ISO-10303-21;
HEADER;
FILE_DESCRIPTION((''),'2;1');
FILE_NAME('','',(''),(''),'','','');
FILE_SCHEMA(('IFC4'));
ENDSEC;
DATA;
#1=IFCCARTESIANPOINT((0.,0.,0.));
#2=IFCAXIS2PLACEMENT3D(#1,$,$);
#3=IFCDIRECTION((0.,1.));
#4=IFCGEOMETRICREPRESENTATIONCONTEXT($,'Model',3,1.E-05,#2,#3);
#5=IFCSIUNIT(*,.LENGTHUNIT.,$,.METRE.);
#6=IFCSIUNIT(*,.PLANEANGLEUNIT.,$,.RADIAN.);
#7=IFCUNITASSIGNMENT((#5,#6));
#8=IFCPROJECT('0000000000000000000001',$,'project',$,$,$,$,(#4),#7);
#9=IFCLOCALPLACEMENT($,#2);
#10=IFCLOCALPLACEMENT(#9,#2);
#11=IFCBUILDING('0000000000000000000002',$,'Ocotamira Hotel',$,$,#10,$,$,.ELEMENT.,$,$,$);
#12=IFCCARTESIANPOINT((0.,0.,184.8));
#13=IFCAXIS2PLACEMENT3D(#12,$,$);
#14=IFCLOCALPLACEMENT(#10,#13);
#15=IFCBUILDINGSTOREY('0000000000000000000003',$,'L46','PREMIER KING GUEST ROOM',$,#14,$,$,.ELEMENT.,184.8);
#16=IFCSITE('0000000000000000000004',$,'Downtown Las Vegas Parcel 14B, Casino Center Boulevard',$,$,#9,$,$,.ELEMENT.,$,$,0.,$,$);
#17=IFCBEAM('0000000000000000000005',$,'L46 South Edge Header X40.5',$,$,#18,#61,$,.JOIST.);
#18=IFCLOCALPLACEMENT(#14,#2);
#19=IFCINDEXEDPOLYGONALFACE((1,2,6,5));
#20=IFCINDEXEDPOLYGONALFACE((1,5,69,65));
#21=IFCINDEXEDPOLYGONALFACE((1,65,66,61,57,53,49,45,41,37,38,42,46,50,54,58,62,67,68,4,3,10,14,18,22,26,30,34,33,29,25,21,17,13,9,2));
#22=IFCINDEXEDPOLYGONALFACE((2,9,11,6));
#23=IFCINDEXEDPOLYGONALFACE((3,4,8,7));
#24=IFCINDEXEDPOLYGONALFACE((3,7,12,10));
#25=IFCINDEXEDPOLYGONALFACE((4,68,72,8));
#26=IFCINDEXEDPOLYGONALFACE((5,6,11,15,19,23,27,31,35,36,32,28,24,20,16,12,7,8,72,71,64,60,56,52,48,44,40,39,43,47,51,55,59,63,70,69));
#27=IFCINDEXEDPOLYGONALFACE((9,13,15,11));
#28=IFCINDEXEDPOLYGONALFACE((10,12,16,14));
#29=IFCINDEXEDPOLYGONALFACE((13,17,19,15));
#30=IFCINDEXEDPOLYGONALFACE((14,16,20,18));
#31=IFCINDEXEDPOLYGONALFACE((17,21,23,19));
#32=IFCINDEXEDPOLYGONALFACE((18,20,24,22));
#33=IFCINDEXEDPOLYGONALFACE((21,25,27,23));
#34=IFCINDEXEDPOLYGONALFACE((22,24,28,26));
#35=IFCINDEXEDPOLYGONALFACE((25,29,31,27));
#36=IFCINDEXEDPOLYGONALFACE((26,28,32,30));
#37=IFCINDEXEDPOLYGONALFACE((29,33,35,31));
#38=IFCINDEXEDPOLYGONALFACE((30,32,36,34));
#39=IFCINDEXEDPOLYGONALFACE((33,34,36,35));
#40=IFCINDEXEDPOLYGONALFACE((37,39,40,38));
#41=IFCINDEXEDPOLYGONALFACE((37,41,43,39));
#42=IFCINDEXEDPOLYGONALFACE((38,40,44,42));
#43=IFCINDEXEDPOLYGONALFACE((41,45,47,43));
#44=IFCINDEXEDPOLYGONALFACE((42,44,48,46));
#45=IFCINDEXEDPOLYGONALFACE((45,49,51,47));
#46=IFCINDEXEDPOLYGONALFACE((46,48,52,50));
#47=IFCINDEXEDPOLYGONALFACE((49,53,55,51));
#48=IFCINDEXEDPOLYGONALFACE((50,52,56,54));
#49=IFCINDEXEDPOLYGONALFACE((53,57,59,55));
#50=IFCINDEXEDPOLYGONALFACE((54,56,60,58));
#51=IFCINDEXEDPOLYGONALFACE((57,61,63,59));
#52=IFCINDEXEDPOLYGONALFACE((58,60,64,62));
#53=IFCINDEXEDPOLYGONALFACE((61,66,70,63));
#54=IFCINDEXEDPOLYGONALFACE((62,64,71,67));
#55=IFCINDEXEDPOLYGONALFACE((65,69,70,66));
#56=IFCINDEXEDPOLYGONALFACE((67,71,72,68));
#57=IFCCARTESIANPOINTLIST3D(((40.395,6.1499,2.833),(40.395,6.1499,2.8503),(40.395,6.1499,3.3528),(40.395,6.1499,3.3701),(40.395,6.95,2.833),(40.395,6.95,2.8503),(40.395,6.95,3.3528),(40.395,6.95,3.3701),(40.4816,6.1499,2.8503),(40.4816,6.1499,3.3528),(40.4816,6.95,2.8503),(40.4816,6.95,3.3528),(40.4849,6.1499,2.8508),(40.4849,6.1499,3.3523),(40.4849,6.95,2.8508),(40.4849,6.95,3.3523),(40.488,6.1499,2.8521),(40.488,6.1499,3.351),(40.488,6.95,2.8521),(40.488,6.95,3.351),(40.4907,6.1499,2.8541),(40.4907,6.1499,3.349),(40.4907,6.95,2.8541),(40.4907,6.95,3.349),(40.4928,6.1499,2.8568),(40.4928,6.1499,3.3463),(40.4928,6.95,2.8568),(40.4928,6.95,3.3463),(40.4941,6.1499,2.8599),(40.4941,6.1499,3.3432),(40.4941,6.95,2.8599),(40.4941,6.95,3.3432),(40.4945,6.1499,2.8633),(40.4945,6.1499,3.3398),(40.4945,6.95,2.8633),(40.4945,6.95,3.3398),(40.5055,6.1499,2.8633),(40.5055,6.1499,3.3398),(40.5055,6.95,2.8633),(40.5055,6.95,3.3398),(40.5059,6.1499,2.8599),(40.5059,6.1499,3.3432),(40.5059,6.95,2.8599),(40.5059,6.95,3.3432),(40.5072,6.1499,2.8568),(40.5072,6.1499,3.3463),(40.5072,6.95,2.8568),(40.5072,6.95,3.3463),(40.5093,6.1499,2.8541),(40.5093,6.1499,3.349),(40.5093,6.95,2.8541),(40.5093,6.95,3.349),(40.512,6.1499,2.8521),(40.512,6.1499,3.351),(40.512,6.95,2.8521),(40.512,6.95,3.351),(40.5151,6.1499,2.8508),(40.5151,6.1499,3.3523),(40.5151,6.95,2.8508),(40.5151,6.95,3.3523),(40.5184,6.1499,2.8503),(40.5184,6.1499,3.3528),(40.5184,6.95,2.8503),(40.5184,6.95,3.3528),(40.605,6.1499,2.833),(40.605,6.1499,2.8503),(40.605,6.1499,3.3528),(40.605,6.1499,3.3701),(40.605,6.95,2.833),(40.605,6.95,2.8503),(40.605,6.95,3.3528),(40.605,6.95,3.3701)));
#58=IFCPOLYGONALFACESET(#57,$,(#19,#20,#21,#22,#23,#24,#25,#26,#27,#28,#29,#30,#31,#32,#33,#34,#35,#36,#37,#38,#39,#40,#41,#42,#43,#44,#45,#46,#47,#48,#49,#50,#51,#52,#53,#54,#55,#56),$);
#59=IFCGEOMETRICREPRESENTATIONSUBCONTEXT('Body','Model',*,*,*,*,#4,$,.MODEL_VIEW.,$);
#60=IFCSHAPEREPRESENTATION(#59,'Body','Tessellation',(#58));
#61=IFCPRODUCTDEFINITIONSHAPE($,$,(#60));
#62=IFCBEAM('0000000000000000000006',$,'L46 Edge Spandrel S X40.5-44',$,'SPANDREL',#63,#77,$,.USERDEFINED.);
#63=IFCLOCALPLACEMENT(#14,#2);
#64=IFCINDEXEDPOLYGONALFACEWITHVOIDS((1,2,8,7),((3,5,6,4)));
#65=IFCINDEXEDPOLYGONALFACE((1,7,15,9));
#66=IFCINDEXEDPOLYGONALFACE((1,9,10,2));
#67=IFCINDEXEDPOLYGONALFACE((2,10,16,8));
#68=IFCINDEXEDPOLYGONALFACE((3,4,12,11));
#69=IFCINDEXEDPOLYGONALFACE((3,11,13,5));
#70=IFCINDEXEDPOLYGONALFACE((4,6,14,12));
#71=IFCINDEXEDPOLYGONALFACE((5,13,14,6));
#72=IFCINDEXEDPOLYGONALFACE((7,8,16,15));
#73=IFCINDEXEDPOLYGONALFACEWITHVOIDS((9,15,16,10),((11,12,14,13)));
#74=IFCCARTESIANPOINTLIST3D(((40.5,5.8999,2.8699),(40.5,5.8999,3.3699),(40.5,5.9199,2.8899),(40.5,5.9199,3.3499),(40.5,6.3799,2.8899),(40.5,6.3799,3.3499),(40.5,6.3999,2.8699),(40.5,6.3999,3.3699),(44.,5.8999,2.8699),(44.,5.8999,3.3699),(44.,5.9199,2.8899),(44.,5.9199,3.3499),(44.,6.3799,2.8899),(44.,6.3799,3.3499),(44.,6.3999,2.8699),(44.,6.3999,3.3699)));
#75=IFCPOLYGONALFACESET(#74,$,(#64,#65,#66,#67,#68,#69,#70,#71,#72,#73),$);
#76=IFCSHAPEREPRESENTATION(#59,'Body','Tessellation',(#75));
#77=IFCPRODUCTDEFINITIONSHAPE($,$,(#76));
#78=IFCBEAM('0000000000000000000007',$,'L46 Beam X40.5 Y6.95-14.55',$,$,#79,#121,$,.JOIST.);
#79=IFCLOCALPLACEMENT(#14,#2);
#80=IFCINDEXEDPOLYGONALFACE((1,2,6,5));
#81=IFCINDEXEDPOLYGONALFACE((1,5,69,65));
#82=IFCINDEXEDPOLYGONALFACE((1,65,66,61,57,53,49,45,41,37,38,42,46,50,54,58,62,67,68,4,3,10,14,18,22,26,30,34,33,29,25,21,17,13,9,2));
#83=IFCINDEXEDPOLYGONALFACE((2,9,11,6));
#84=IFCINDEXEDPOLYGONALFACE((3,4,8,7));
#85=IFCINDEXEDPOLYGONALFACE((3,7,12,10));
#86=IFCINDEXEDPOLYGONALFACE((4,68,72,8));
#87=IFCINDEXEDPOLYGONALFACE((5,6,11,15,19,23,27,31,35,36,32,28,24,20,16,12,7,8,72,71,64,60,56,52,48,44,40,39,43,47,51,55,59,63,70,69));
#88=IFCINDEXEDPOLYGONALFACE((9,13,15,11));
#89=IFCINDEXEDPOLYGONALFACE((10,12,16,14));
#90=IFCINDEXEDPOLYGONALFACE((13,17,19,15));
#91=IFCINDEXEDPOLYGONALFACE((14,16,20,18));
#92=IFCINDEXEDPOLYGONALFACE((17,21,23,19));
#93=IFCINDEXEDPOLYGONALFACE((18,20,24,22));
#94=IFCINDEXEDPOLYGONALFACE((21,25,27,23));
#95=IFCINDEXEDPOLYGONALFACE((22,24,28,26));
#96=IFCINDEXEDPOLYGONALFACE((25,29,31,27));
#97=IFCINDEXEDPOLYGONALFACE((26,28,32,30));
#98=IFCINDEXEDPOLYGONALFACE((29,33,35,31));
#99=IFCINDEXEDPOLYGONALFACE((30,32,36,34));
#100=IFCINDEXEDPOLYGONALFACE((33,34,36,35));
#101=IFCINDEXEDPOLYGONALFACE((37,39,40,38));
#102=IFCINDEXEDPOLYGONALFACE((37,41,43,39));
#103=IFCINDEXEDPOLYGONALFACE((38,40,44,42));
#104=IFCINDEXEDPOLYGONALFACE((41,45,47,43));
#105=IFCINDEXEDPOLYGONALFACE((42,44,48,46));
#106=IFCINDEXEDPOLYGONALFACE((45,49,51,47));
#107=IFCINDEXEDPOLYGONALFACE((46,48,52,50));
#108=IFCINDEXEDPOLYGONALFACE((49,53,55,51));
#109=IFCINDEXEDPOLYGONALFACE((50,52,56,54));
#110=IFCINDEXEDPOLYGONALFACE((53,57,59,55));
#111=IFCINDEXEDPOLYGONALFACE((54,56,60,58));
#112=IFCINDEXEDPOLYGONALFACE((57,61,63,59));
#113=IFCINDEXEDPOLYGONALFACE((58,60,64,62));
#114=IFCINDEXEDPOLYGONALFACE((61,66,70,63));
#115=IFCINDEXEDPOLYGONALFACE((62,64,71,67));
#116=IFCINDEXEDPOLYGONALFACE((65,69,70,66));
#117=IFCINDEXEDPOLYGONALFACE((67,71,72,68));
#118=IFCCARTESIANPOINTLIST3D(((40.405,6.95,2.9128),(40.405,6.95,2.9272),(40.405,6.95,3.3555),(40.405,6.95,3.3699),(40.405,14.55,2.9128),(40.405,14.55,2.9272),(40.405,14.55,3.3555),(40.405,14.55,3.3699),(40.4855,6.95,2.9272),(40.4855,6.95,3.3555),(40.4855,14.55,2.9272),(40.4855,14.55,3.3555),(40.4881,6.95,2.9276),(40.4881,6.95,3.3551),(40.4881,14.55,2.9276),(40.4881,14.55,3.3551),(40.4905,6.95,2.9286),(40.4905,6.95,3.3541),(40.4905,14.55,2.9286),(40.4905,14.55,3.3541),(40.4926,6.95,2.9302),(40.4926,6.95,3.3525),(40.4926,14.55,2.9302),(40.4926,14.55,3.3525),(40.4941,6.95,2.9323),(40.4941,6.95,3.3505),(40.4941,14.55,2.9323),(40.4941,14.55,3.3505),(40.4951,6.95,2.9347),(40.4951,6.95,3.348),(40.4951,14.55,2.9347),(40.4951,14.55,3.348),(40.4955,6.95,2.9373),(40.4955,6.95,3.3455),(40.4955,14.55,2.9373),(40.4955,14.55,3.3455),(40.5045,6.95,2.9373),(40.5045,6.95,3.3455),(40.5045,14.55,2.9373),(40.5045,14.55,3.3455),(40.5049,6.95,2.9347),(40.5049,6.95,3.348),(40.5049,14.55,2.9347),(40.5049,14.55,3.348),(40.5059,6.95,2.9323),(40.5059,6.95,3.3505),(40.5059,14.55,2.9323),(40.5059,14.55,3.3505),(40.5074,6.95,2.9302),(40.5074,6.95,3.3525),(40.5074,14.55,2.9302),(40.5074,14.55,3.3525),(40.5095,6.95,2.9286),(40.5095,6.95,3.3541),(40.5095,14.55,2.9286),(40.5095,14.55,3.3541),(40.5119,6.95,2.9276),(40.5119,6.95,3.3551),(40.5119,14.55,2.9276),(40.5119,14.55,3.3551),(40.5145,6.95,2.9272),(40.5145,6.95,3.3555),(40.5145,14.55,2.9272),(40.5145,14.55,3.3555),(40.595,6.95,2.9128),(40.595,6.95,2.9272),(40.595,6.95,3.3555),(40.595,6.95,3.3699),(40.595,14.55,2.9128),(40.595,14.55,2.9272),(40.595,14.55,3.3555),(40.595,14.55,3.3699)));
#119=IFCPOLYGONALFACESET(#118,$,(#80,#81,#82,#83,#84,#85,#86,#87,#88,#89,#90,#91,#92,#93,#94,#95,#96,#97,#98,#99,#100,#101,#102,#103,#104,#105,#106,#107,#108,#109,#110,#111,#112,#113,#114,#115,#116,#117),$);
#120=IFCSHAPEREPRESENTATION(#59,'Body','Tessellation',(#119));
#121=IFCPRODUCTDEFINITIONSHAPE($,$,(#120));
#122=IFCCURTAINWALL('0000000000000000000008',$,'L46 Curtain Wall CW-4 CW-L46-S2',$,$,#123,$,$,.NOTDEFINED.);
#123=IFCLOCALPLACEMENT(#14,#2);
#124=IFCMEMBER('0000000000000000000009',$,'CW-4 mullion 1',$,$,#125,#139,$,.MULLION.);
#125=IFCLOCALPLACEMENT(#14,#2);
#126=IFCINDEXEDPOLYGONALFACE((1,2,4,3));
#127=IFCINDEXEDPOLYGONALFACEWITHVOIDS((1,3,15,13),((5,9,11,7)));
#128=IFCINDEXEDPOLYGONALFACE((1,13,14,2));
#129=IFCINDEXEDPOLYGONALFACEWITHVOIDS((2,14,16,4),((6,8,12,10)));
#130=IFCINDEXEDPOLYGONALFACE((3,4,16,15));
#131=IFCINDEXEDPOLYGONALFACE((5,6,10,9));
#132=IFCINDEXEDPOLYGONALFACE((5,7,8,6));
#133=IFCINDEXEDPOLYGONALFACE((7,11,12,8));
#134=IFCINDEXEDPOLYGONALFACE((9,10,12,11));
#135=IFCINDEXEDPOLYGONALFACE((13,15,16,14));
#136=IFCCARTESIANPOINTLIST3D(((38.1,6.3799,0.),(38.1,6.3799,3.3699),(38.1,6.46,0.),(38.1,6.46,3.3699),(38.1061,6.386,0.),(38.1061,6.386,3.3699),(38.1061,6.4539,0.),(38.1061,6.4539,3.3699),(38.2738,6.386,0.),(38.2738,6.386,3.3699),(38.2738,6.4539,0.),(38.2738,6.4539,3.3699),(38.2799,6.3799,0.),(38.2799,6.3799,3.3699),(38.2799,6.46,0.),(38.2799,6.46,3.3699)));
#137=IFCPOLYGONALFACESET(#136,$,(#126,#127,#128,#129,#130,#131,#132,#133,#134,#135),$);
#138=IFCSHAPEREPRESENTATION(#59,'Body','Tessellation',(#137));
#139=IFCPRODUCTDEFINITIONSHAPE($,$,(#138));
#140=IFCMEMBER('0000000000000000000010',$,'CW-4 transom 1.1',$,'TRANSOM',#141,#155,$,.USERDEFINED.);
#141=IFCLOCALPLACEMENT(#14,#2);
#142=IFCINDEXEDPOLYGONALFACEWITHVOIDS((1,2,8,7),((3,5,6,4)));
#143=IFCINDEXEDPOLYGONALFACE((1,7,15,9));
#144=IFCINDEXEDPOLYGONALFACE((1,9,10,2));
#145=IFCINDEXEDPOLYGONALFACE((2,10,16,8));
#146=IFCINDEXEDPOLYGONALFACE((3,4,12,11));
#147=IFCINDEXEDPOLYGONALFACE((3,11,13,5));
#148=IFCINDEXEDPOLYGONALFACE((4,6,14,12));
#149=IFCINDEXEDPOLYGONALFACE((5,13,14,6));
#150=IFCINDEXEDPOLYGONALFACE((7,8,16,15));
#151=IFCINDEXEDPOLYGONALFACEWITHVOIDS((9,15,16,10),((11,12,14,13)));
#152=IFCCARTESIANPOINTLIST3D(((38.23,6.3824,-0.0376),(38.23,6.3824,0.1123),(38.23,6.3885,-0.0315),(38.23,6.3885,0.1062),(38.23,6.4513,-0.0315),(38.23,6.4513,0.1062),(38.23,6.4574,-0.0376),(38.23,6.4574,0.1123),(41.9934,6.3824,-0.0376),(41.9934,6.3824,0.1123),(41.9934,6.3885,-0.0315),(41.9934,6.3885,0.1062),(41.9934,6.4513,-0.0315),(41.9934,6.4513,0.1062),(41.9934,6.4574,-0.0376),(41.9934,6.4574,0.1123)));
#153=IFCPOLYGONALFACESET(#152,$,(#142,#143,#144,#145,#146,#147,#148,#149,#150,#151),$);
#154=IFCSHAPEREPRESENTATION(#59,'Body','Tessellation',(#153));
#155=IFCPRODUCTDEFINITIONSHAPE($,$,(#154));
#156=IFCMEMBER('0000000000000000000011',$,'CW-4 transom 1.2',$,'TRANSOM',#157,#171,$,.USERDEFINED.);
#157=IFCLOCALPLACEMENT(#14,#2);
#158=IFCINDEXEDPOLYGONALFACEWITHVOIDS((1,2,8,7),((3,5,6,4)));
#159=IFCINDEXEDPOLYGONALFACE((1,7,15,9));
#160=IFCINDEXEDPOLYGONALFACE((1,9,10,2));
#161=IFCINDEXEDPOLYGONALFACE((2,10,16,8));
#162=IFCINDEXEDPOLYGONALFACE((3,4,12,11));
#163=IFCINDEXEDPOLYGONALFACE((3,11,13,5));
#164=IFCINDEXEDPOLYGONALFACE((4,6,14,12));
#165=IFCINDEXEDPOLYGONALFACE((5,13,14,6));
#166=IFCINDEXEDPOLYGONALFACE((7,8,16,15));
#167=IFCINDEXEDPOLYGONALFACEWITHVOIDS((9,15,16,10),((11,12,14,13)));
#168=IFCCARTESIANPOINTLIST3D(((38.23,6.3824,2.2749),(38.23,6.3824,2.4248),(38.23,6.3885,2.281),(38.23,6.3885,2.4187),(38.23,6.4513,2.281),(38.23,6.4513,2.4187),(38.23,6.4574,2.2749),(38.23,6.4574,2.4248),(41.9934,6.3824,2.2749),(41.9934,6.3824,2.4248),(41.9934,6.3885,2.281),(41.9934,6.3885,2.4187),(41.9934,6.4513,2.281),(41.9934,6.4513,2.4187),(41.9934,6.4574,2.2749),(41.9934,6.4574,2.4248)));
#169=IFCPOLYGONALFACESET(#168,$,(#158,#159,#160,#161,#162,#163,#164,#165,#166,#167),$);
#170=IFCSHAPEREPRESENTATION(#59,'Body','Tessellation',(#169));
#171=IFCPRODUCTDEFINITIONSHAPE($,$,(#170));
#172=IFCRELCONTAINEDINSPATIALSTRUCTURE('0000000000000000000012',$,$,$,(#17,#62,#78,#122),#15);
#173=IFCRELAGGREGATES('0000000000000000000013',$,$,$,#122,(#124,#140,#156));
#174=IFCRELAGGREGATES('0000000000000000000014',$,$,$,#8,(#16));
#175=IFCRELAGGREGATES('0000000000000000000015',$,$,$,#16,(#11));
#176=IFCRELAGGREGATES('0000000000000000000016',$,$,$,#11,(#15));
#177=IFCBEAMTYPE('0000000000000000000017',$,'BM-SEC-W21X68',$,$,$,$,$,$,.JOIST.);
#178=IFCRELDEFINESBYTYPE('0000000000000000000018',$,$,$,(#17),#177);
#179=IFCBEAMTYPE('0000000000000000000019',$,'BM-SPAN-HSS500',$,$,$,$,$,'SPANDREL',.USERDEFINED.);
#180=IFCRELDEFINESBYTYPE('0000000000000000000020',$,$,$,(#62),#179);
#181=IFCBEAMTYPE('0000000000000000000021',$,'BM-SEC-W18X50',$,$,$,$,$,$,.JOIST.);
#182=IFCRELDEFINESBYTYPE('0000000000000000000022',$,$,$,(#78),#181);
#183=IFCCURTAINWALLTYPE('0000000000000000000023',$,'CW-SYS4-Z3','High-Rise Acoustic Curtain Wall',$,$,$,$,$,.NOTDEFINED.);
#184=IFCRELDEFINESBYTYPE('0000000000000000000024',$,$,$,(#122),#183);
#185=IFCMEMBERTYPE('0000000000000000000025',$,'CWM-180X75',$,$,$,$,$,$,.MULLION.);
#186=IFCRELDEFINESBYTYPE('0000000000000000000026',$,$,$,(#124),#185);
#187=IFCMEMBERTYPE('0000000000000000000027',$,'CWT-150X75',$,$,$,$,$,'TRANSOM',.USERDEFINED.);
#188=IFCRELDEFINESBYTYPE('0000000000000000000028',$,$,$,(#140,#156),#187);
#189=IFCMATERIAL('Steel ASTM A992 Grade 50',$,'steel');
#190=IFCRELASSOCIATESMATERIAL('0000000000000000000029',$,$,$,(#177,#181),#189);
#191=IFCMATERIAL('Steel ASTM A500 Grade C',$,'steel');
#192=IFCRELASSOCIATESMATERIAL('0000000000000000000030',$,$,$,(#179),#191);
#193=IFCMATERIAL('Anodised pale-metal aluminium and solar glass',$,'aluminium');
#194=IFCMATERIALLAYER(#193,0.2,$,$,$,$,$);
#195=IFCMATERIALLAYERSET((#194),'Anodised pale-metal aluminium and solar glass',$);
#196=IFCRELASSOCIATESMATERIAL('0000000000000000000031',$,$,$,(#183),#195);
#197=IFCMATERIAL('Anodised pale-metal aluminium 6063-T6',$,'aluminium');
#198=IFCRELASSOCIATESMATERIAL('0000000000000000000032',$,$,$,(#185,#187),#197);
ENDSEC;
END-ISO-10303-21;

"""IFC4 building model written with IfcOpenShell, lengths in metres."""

from ifc_helpers import new_model, si_unit, direction, frame, origin, origin_2d, place, context, subcontext, project, spatial, hollow_rectangle, i_section, extrude, source, transform, mapped, material, layer, layer_set, material_profile, profile_set, type_object, element, aggregate, save


model = new_model("IFC4")

# Units and contexts
model_context = context("Model", 3, precision=1e-05, world=origin(), true_north=direction((0.0, 1.0)))
body_context = subcontext(model_context, "Body", "Model", "MODEL_VIEW")
ifc_project = project(units=[si_unit("LENGTHUNIT", "METRE"), si_unit("PLANEANGLEUNIT", "RADIAN")], contexts=[model_context])

# Site, building, storey
site_placement = place(None, origin())
site = spatial("IfcSite", under=ifc_project, at=site_placement, Name="Downtown Las Vegas Parcel 14B, Casino Center Boulevard", CompositionType="ELEMENT", RefElevation=0.0)
building_placement = place(site_placement, origin())
building = spatial("IfcBuilding", under=site, at=building_placement, Name="Ocotamira Hotel", CompositionType="ELEMENT")
storey_placement = place(building_placement, frame((0.0, 0.0, 184.8)))
storey = spatial("IfcBuildingStorey", under=building, at=storey_placement, Name="L46", Description="PREMIER KING GUEST ROOM", CompositionType="ELEMENT", Elevation=184.8)

# Beams
ifc_material_1 = material(Name="Steel ASTM A992 Grade 50", Category="steel")
ifc_material_profile_1 = material_profile(ifc_material_1, i_section(OverallWidth=0.21, OverallDepth=0.5371, WebThickness=0.011, FlangeThickness=0.0173, FilletRadius=0.0129, at=origin_2d()), Name="W21X68")
ifc_profile_set_1 = profile_set([ifc_material_profile_1], Name="Steel ASTM A992 Grade 50")
beam_type_1 = type_object("IfcBeamType", Name="BM-SEC-W21X68", PredefinedType="JOIST", material=ifc_profile_set_1)
shared_shape_1 = source(origin(), body_context, "Body", "SweptSolid", [
    extrude(i_section(OverallWidth=0.21, OverallDepth=0.5371, WebThickness=0.011, FlangeThickness=0.0173, FilletRadius=0.0129, at=origin_2d()), origin(), (0.0, 0.0, 1.0), 0.8),
])
beam_1_placement = place(storey_placement, frame((40.5, 6.95, 3.1016), z_axis=(0.0, -1.0, 0.0), x_axis=(1.0, 0.0, 0.0)))
element("IfcBeam", 1, at=beam_1_placement, inside=storey, type_object=beam_type_1, Name="L46 South Edge Header X40.5", PredefinedType="JOIST", context=body_context, shape_type="MappedRepresentation", body=[
    mapped(shared_shape_1, transform((0.0, 0.0, 0.0), scale=1.0)),
])
ifc_material_2 = material(Name="Steel ASTM A500 Grade C", Category="steel")
ifc_material_profile_2 = material_profile(ifc_material_2, hollow_rectangle(XDim=0.5, YDim=0.5, WallThickness=0.02, at=origin_2d()), Name="HSS500X500X20")
ifc_profile_set_2 = profile_set([ifc_material_profile_2], Name="Steel ASTM A500 Grade C")
beam_type_2 = type_object("IfcBeamType", Name="BM-SPAN-HSS500", ElementType="SPANDREL", PredefinedType="USERDEFINED", material=ifc_profile_set_2)
shared_shape_2 = source(origin(), body_context, "Body", "SweptSolid", [
    extrude(hollow_rectangle(XDim=0.5, YDim=0.5, WallThickness=0.02, at=origin_2d()), origin(), (0.0, 0.0, 1.0), 3.5),
])
beam_2_placement = place(storey_placement, frame((40.5, 6.1499, 3.1199), z_axis=(1.0, 0.0, 0.0), x_axis=(0.0, 1.0, 0.0)))
element("IfcBeam", 2, at=beam_2_placement, inside=storey, type_object=beam_type_2, Name="L46 Edge Spandrel S X40.5-44", ObjectType="SPANDREL", PredefinedType="USERDEFINED", context=body_context, shape_type="MappedRepresentation", body=[
    mapped(shared_shape_2, transform((0.0, 0.0, 0.0), scale=1.0)),
])
ifc_material_profile_3 = material_profile(ifc_material_1, i_section(OverallWidth=0.1899, OverallDepth=0.457, WebThickness=0.009, FlangeThickness=0.0144, FilletRadius=0.01, at=origin_2d()), Name="W18X50")
ifc_profile_set_3 = profile_set([ifc_material_profile_3], Name="Steel ASTM A992 Grade 50")
beam_type_3 = type_object("IfcBeamType", Name="BM-SEC-W18X50", PredefinedType="JOIST", material=ifc_profile_set_3)
shared_shape_3 = source(origin(), body_context, "Body", "SweptSolid", [
    extrude(i_section(OverallWidth=0.1899, OverallDepth=0.457, WebThickness=0.009, FlangeThickness=0.0144, FilletRadius=0.01, at=origin_2d()), origin(), (0.0, 0.0, 1.0), 7.6001),
])
beam_3_placement = place(storey_placement, frame((40.5, 6.95, 3.1414), z_axis=(0.0, 1.0, 0.0), x_axis=(-1.0, 0.0, 0.0)))
element("IfcBeam", 3, at=beam_3_placement, inside=storey, type_object=beam_type_3, Name="L46 Beam X40.5 Y6.95-14.55", PredefinedType="JOIST", context=body_context, shape_type="MappedRepresentation", body=[
    mapped(shared_shape_3, transform((0.0, 0.0, 0.0), scale=1.0)),
])

# Curtain wall, members
ifc_material_3 = material(Name="Anodised pale-metal aluminium and solar glass", Category="aluminium")
ifc_layer_1 = layer(ifc_material_3, 0.2)
ifc_layer_set_1 = layer_set([ifc_layer_1], Name="Anodised pale-metal aluminium and solar glass")
curtain_wall_type = type_object("IfcCurtainWallType", Name="CW-SYS4-Z3", Description="High-Rise Acoustic Curtain Wall", PredefinedType="NOTDEFINED", material=ifc_layer_set_1)
curtain_wall_placement = place(storey_placement, origin())
curtain_wall = element("IfcCurtainWall", 4, at=curtain_wall_placement, inside=storey, type_object=curtain_wall_type, Name="L46 Curtain Wall CW-4 CW-L46-S2", PredefinedType="NOTDEFINED")
ifc_material_4 = material(Name="Anodised pale-metal aluminium 6063-T6", Category="aluminium")
ifc_material_profile_4 = material_profile(ifc_material_4, hollow_rectangle(XDim=0.0801, YDim=0.1799, WallThickness=0.0061, at=origin_2d()), Name="HSS180X80X6")
ifc_profile_set_4 = profile_set([ifc_material_profile_4], Name="Anodised pale-metal aluminium 6063-T6")
member_type_1 = type_object("IfcMemberType", Name="CWM-180X75", PredefinedType="MULLION", material=ifc_profile_set_4)
shared_shape_4 = source(origin(), body_context, "Body", "SweptSolid", [
    extrude(hollow_rectangle(XDim=0.0801, YDim=0.1799, WallThickness=0.0061, at=origin_2d()), origin(), (0.0, 0.0, 1.0), 3.3699),
])
member_1_placement = place(storey_placement, frame((38.1899, 6.4199, 0.0), z_axis=(0.0, 0.0, 1.0), x_axis=(0.0, 1.0, 0.0)))
member_1 = element("IfcMember", 5, at=member_1_placement, type_object=member_type_1, Name="CW-4 mullion 1", PredefinedType="MULLION", context=body_context, shape_type="MappedRepresentation", body=[
    mapped(shared_shape_4, transform((0.0, 0.0, 0.0), scale=1.0)),
])
ifc_material_profile_5 = material_profile(ifc_material_4, hollow_rectangle(XDim=0.075, YDim=0.1499, WallThickness=0.0061, at=origin_2d()), Name="HSS150X75X6")
ifc_profile_set_5 = profile_set([ifc_material_profile_5], Name="Anodised pale-metal aluminium 6063-T6")
member_type_2 = type_object("IfcMemberType", Name="CWT-150X75", ElementType="TRANSOM", PredefinedType="USERDEFINED", material=ifc_profile_set_5)
shared_shape_5 = source(origin(), body_context, "Body", "SweptSolid", [
    extrude(hollow_rectangle(XDim=0.075, YDim=0.1499, WallThickness=0.0061, at=origin_2d()), origin(), (0.0, 0.0, 1.0), 3.7634),
])
member_2_placement = place(storey_placement, frame((38.23, 6.4199, 0.0374), z_axis=(1.0, 0.0, 0.0), x_axis=(0.0, 1.0, 0.0)))
member_2 = element("IfcMember", 6, at=member_2_placement, type_object=member_type_2, Name="CW-4 transom 1.1", ObjectType="TRANSOM", PredefinedType="USERDEFINED", context=body_context, shape_type="MappedRepresentation", body=[
    mapped(shared_shape_5, transform((0.0, 0.0, 0.0), scale=1.0)),
])
member_3_placement = place(storey_placement, frame((38.23, 6.4199, 2.3499), z_axis=(1.0, 0.0, 0.0), x_axis=(0.0, 1.0, 0.0)))
member_3 = element("IfcMember", 7, at=member_3_placement, type_object=member_type_2, Name="CW-4 transom 1.2", ObjectType="TRANSOM", PredefinedType="USERDEFINED", context=body_context, shape_type="MappedRepresentation", body=[
    mapped(shared_shape_5, transform((0.0, 0.0, 0.0), scale=1.0)),
])
aggregate(curtain_wall, [member_1, member_2, member_3])

save(model, "model.ifc")
